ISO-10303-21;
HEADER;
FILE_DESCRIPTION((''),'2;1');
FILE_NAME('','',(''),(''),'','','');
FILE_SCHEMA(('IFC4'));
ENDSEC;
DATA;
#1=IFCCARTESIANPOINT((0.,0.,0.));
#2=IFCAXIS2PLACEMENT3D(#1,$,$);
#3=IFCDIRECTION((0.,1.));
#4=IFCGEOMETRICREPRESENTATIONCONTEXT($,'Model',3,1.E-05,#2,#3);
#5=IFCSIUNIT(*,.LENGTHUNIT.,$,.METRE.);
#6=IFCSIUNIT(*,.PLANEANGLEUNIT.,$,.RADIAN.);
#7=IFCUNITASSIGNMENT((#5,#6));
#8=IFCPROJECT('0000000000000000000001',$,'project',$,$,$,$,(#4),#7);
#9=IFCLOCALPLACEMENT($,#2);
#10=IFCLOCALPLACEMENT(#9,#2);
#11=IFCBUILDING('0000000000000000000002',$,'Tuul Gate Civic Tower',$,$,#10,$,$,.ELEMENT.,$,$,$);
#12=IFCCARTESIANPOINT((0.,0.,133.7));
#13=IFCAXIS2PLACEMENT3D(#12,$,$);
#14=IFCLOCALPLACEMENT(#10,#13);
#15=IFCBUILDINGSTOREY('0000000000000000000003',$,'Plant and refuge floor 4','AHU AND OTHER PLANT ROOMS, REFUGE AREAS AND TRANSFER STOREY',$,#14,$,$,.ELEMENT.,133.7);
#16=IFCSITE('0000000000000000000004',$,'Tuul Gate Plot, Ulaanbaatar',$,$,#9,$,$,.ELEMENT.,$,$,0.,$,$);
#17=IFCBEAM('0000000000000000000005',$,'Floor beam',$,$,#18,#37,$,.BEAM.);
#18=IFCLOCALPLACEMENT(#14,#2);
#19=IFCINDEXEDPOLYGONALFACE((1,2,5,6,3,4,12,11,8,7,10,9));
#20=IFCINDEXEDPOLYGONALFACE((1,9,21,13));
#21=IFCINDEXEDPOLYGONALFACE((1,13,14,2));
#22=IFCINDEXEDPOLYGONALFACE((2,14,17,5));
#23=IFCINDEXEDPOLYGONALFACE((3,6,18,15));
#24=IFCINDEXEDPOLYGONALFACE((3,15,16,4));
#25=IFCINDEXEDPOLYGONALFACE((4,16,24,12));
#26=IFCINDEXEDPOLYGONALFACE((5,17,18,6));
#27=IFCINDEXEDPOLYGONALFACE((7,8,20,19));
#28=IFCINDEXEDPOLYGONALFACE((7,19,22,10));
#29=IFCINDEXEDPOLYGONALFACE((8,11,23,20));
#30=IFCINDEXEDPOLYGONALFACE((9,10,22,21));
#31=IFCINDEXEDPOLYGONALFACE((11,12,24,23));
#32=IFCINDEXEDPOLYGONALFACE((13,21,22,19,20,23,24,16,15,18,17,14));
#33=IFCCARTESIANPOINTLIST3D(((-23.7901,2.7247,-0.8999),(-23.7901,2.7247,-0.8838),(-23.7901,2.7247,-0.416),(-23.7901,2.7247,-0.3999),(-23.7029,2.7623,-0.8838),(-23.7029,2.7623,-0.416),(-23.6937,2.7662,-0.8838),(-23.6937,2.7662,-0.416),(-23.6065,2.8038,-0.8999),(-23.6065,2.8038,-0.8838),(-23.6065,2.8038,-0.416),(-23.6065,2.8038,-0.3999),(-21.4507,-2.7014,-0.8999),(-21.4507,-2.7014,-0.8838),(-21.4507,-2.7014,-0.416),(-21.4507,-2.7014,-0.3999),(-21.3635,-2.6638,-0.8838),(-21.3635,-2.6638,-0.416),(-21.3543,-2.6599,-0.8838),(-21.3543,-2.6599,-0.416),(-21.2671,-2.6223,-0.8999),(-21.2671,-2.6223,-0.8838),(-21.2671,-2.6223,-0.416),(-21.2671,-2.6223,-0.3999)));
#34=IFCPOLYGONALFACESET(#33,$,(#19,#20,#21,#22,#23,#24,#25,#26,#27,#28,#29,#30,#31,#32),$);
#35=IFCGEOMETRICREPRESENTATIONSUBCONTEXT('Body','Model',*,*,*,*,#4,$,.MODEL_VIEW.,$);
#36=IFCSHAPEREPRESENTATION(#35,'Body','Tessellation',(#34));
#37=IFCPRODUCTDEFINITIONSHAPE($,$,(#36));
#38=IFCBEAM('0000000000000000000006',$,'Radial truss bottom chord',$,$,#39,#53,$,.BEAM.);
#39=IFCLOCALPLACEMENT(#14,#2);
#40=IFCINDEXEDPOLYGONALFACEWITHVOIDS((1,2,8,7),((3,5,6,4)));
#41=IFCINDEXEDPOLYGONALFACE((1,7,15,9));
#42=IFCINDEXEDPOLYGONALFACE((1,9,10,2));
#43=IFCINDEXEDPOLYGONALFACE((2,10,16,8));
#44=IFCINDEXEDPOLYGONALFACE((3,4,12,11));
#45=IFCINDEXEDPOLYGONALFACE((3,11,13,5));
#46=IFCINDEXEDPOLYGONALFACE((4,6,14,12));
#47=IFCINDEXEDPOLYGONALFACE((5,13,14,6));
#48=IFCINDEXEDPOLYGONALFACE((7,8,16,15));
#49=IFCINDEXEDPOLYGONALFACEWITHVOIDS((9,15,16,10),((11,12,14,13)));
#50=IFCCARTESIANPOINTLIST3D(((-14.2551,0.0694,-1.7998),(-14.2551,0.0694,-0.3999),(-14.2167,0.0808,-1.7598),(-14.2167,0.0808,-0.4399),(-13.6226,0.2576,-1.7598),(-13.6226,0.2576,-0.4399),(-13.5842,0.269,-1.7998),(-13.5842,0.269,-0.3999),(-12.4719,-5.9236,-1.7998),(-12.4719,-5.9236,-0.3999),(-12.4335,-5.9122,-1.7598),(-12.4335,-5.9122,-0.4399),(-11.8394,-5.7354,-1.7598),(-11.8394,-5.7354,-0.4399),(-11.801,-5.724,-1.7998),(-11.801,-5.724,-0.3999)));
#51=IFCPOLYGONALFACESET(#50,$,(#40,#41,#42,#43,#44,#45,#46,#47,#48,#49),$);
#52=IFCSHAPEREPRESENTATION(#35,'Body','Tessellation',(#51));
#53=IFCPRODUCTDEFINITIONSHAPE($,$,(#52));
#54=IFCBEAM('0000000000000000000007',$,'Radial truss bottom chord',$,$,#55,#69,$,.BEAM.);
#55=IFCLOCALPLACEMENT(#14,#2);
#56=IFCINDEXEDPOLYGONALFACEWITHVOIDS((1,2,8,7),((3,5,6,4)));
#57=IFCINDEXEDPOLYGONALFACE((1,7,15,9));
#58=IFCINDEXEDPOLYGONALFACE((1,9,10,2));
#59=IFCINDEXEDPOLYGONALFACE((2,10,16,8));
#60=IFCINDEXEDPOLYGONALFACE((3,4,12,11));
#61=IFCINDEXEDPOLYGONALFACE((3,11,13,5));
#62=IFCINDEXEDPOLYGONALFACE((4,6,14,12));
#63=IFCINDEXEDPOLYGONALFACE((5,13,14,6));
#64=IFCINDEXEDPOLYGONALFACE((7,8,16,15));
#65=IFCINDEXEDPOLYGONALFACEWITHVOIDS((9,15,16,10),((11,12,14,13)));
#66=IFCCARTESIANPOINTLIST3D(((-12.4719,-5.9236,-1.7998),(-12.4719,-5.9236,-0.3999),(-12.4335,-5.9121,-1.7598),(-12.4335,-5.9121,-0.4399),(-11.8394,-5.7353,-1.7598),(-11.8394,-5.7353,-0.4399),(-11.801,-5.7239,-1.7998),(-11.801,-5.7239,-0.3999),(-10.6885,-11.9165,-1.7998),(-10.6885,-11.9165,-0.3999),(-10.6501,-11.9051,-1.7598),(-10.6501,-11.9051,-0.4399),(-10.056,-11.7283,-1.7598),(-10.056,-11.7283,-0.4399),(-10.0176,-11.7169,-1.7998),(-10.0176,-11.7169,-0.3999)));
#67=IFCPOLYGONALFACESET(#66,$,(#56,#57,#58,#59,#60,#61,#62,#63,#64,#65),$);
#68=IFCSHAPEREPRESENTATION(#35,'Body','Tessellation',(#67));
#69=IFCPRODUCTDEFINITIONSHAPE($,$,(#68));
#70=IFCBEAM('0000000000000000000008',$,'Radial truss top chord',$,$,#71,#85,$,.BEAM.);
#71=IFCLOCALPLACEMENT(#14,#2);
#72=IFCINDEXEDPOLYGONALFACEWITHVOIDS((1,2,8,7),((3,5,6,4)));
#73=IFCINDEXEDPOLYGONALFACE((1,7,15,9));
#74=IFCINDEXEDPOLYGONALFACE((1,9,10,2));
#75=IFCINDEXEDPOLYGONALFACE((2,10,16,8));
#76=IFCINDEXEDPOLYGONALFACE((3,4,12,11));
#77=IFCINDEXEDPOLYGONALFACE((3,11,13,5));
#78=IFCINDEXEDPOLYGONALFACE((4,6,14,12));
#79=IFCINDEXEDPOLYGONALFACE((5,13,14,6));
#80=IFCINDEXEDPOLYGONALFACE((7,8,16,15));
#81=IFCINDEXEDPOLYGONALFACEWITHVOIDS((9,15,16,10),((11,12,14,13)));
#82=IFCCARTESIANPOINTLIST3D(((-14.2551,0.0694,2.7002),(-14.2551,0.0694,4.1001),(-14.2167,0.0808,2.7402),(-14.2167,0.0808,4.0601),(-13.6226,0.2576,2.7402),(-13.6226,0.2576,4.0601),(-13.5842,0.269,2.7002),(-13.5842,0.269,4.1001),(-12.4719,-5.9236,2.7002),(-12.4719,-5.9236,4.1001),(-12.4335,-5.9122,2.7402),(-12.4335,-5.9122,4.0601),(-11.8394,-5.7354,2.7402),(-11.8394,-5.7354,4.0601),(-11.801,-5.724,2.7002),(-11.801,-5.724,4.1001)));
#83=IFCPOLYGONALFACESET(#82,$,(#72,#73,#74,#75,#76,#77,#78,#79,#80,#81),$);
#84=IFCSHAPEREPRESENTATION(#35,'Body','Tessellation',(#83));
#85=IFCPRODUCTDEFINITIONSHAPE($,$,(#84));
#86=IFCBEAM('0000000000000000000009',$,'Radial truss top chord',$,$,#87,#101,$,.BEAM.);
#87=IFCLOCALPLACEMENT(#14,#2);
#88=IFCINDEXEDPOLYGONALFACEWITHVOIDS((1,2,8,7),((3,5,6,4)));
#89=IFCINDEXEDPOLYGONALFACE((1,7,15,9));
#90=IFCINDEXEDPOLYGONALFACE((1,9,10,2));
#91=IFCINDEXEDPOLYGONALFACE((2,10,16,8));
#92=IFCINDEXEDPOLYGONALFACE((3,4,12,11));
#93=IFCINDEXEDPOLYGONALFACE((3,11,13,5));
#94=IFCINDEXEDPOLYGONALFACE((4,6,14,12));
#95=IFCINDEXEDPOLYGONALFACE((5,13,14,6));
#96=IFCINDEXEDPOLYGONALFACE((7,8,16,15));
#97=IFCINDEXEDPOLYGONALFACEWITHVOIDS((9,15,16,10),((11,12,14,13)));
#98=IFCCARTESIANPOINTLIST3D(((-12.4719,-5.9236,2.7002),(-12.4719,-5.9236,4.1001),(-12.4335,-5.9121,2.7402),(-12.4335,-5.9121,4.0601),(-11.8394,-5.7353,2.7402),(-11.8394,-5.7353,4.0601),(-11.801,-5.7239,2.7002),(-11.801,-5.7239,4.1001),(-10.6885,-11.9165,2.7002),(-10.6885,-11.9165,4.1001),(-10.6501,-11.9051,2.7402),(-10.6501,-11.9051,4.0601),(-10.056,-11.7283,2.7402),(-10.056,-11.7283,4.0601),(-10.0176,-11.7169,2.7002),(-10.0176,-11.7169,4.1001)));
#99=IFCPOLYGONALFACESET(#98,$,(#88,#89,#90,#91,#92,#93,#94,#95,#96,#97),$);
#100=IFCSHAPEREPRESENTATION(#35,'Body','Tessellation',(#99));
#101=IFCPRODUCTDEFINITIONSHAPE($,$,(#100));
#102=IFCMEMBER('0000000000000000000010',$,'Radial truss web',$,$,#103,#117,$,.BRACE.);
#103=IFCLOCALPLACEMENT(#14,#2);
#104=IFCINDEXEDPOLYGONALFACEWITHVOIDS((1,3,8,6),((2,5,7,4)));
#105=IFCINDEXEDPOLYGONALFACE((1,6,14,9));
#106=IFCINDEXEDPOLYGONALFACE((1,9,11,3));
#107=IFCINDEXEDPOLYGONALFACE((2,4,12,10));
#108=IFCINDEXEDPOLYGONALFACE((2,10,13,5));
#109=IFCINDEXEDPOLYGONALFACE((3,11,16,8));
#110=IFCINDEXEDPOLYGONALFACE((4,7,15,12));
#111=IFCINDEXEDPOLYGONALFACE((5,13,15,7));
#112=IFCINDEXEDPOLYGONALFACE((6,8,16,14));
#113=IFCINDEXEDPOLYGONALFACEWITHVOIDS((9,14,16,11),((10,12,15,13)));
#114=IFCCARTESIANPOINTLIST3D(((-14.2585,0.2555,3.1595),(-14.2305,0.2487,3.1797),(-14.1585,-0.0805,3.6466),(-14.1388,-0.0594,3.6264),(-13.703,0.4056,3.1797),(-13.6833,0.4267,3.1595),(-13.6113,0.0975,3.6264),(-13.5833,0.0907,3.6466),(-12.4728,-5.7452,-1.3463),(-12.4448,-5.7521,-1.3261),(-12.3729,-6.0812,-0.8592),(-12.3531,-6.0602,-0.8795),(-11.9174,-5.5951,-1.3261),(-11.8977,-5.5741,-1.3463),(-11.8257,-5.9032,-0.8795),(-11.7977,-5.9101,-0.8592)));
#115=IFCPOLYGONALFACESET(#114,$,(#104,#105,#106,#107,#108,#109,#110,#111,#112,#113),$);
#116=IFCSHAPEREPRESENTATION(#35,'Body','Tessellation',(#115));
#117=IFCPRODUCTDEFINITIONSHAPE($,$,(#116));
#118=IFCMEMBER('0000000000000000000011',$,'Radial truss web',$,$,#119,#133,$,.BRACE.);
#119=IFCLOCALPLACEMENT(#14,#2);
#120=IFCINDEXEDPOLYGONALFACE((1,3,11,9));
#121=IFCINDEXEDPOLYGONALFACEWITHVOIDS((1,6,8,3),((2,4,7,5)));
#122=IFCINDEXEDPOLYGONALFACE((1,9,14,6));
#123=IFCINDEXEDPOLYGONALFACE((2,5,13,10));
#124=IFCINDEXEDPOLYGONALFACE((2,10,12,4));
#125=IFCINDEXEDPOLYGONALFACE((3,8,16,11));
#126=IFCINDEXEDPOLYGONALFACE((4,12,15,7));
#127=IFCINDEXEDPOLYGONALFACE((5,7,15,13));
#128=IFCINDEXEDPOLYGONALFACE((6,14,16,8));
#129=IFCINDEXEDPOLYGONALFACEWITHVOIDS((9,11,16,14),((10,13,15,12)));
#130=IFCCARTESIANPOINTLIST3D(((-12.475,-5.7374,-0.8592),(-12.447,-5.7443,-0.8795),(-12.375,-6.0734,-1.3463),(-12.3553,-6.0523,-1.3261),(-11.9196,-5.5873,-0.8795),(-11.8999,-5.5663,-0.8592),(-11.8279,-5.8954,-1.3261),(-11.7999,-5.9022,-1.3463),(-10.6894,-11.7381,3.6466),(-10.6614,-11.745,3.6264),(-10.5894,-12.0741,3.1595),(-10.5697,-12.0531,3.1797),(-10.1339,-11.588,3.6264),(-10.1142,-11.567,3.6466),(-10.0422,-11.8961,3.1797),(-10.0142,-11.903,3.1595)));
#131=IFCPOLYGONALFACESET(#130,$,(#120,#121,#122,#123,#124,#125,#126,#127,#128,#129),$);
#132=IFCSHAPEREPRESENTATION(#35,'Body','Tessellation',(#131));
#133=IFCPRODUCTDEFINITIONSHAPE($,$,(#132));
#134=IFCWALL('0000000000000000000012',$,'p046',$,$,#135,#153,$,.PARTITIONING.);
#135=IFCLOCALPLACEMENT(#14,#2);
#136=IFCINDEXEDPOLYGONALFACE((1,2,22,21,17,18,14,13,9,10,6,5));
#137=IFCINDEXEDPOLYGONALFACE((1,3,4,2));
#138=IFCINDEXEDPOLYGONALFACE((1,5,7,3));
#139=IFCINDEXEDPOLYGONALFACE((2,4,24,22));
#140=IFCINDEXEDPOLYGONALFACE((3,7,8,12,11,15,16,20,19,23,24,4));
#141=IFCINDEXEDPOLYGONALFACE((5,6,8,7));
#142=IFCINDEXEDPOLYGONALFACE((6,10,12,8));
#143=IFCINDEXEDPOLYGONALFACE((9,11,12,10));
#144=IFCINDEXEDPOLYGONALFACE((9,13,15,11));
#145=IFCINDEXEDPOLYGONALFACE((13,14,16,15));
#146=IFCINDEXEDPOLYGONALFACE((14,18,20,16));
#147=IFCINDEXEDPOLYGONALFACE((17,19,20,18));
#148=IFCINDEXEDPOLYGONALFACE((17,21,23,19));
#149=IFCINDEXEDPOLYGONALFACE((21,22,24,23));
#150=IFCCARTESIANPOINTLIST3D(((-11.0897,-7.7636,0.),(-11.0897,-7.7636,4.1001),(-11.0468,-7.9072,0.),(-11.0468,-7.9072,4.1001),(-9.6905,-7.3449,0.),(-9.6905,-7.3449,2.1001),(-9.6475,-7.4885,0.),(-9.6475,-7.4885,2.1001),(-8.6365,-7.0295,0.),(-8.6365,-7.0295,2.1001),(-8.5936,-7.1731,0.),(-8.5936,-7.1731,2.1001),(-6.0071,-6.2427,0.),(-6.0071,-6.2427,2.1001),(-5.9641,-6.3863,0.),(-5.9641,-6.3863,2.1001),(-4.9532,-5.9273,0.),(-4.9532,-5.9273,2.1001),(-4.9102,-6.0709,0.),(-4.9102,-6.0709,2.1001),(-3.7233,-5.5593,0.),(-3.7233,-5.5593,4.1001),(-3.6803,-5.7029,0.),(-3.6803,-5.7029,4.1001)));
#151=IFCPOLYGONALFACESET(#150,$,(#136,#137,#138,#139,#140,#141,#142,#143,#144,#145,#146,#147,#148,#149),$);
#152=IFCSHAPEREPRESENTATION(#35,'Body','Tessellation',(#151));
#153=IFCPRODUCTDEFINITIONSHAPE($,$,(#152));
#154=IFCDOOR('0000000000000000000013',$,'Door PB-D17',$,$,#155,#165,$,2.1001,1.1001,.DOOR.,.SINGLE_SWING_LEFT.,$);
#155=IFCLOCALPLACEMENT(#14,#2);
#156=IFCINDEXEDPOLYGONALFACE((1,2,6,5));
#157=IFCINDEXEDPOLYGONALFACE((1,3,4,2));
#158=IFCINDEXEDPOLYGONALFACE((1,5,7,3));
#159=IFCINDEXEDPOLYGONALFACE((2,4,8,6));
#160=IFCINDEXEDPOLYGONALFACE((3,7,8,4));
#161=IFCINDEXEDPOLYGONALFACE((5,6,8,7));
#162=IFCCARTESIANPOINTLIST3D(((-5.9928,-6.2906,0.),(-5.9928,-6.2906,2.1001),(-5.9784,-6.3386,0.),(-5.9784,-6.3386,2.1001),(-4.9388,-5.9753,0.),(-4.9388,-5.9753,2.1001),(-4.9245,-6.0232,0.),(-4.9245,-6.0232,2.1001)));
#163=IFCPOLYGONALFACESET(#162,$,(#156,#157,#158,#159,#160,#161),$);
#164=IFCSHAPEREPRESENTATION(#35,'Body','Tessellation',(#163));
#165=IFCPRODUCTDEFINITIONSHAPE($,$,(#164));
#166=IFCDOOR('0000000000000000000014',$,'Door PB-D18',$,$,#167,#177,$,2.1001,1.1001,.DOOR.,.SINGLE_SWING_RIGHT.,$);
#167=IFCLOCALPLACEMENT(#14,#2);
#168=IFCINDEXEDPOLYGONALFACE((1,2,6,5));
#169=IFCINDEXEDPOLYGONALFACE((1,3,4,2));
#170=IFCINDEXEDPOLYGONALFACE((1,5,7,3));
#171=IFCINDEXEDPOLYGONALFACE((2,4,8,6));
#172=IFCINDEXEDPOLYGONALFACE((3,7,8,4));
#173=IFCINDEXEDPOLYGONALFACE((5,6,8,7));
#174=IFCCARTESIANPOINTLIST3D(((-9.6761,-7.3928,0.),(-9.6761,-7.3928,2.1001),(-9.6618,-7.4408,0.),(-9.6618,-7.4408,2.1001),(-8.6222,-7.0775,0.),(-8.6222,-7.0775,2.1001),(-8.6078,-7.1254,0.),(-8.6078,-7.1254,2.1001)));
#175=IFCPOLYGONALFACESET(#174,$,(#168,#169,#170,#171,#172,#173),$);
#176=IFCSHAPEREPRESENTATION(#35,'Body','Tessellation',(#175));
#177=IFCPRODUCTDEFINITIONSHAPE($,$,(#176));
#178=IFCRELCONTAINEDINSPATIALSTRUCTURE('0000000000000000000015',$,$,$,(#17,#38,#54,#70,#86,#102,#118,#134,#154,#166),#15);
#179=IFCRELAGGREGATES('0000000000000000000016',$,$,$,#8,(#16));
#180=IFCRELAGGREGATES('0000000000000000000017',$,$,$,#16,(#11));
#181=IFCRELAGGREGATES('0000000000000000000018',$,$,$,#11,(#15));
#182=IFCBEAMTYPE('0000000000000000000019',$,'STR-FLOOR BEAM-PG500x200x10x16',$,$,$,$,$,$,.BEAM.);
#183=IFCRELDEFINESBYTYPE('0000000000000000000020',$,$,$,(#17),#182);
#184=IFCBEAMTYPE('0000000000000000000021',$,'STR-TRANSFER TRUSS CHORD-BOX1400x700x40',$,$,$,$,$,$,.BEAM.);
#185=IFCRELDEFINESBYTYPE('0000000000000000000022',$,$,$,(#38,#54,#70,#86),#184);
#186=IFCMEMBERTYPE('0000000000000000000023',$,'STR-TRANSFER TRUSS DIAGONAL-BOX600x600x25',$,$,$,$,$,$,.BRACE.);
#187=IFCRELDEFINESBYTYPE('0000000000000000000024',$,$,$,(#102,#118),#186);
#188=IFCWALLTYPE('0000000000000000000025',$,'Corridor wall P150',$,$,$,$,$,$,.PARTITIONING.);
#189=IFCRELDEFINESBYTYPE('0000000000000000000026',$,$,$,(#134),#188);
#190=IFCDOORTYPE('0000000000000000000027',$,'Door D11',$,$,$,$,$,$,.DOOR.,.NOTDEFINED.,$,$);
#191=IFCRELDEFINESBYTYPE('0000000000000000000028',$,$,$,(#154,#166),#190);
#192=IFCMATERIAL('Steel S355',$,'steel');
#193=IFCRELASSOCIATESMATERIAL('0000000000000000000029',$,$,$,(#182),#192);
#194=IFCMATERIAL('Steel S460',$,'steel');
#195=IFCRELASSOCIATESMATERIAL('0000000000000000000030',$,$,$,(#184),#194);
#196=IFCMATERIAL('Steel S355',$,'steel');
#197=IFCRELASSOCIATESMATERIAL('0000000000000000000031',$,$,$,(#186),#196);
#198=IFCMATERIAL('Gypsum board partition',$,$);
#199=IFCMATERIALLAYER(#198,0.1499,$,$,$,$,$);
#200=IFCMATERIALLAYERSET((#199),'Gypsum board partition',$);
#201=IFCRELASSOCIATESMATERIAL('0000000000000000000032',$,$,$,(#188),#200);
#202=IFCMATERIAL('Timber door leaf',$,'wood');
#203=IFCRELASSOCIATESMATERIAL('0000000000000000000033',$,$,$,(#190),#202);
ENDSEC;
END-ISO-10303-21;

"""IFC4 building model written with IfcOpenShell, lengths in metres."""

from ifc_helpers import new_model, si_unit, direction, frame, frame_2d, origin, origin_2d, place, context, subcontext, project, spatial, rectangle, hollow_rectangle, i_section, extrude, material, layer, layer_set, material_profile, profile_set, type_object, element, fill, save


model = new_model("IFC4")

# Units and contexts
model_context = context("Model", 3, precision=1e-05, world=origin(), true_north=direction((0.0, 1.0)))
body_context = subcontext(model_context, "Body", "Model", "MODEL_VIEW")
ifc_project = project(units=[si_unit("LENGTHUNIT", "METRE"), si_unit("PLANEANGLEUNIT", "RADIAN")], contexts=[model_context])

# Site, building, storey
site_placement = place(None, origin())
site = spatial("IfcSite", under=ifc_project, at=site_placement, Name="Tuul Gate Plot, Ulaanbaatar", CompositionType="ELEMENT", RefElevation=0.0)
building_placement = place(site_placement, origin())
building = spatial("IfcBuilding", under=site, at=building_placement, Name="Tuul Gate Civic Tower", CompositionType="ELEMENT")
storey_placement = place(building_placement, frame((0.0, 0.0, 133.7)))
storey = spatial("IfcBuildingStorey", under=building, at=storey_placement, Name="Plant and refuge floor 4", Description="AHU AND OTHER PLANT ROOMS, REFUGE AREAS AND TRANSFER STOREY", CompositionType="ELEMENT", Elevation=133.7)

# Beams
ifc_material_1 = material(Name="Steel S355", Category="steel")
ifc_material_profile_1 = material_profile(ifc_material_1, i_section(OverallWidth=0.2, OverallDepth=0.5, WebThickness=0.01, FlangeThickness=0.0161, at=origin_2d()), Name="PG500x200x10x16")
ifc_profile_set_1 = profile_set([ifc_material_profile_1], Name="Steel S355")
beam_type_1 = type_object("IfcBeamType", Name="STR-FLOOR BEAM-PG500x200x10x16", PredefinedType="BEAM", material=ifc_profile_set_1)
beam_placement = place(storey_placement, frame((-21.3589, -2.6619, -0.6499), z_axis=(-0.395908, 0.91829, 0.0), x_axis=(-0.91829, -0.395908, 0.0)))
element("IfcBeam", 1, at=beam_placement, inside=storey, type_object=beam_type_1, Name="Floor beam", PredefinedType="BEAM", context=body_context, shape_type="SweptSolid", body=[
    extrude(i_section(OverallWidth=0.2, OverallDepth=0.5, WebThickness=0.01, FlangeThickness=0.0161, at=origin_2d()), origin(), (0.0, 0.0, 1.0), 5.9089),
])
ifc_material_2 = material(Name="Steel S460", Category="steel")
ifc_material_profile_2 = material_profile(ifc_material_2, hollow_rectangle(XDim=0.7, YDim=1.3999, WallThickness=0.04, at=origin_2d()), Name="BOX1400x700x40")
ifc_profile_set_2 = profile_set([ifc_material_profile_2], Name="Steel S460")
beam_type_2 = type_object("IfcBeamType", Name="STR-TRANSFER TRUSS CHORD-BOX1400x700x40", PredefinedType="BEAM", material=ifc_profile_set_2)
for number, where, z_axis, x_axis, name in (
    (2, (-13.9197, 0.1692, -1.0999), (0.285194, -0.95847, 0.0), (0.95847, 0.285194, 0.0), "Radial truss bottom chord"),
    (3, (-12.1365, -5.8237, -1.0999), (0.28523, -0.958459, 0.0), (0.958459, 0.28523, 0.0), "Radial truss bottom chord"),
    (4, (-13.9197, 0.1692, 3.4001), (0.285194, -0.95847, 0.0), (0.95847, 0.285194, 0.0), "Radial truss top chord"),
    (5, (-12.1365, -5.8237, 3.4001), (0.28523, -0.958459, 0.0), (0.958459, 0.28523, 0.0), "Radial truss top chord"),
):
    element("IfcBeam", number, at=place(storey_placement, frame(where, z_axis=z_axis, x_axis=x_axis)), inside=storey, type_object=beam_type_2, Name=name, PredefinedType="BEAM", context=body_context, shape_type="SweptSolid", body=[
        extrude(hollow_rectangle(XDim=0.7, YDim=1.3999, WallThickness=0.04, at=origin_2d()), origin(), (0.0, 0.0, 1.0), 6.2527),
    ])

# Members
ifc_material_3 = material(Name="Steel S355", Category="steel")
ifc_material_profile_3 = material_profile(ifc_material_3, hollow_rectangle(XDim=0.6001, YDim=0.6001, WallThickness=0.0249, at=origin_2d()), Name="BOX600x600x25")
ifc_profile_set_3 = profile_set([ifc_material_profile_3], Name="Steel S355")
member_type = type_object("IfcMemberType", Name="STR-TRANSFER TRUSS DIAGONAL-BOX600x600x25", PredefinedType="BRACE", material=ifc_profile_set_3)
for number, where, z_axis, x_axis, name in (
    (6, (-12.1353, -5.8276, -1.1028), (-0.231492, 0.777939, 0.584143), (-0.958465, -0.285211, 0.0), "Radial truss web"),
    (7, (-12.1375, -5.8198, -1.1028), (0.231492, -0.777939, 0.584143), (0.958465, 0.285211, 0.0), "Radial truss web"),
):
    element("IfcMember", number, at=place(storey_placement, frame(where, z_axis=z_axis, x_axis=x_axis)), inside=storey, type_object=member_type, Name=name, PredefinedType="BRACE", context=body_context, shape_type="SweptSolid", body=[
        extrude(hollow_rectangle(XDim=0.6001, YDim=0.6001, WallThickness=0.0249, at=origin_2d()), origin(), (0.0, 0.0, 1.0), 7.7136),
    ])

# Wall, openings, doors
ifc_material_4 = material(Name="Gypsum board partition")
ifc_layer_1 = layer(ifc_material_4, 0.1499)
ifc_layer_set_1 = layer_set([ifc_layer_1], Name="Gypsum board partition")
wall_type_1 = type_object("IfcWallType", Name="Corridor wall P150", PredefinedType="PARTITIONING", material=ifc_layer_set_1)
wall_1_placement = place(storey_placement, frame((-11.0684, -7.8354, 0.0), z_axis=(0.0, 0.0, 1.0), x_axis=(0.958026, 0.286681, 0.0)))
wall_1 = element("IfcWall", 8, at=wall_1_placement, inside=storey, type_object=wall_type_1, Name="p046", PredefinedType="PARTITIONING", context=body_context, shape_type="SweptSolid", body=[
    extrude(rectangle(XDim=7.6892, YDim=0.1499, at=frame_2d((3.8447, 0.0))), origin(), (0.0, 0.0, 1.0), 4.1001),
])
opening_1_placement = place(wall_1_placement, frame((5.3054, 0.0, 0.0)))
opening_1 = element("IfcOpeningElement", 9, at=opening_1_placement, cuts=wall_1, PredefinedType="OPENING", context=body_context, shape_type="SweptSolid", body=[
    extrude(rectangle(XDim=1.1001, YDim=2.1001, at=frame_2d((0.55, 1.05))), frame((0.0, 0.085, 0.0), z_axis=(0.0, -1.0, 0.0), x_axis=(1.0, 0.0, 0.0)), (0.0, 0.0, 1.0), 0.1699),
])
opening_2_placement = place(wall_1_placement, frame((1.4607, 0.0, 0.0)))
opening_2 = element("IfcOpeningElement", 10, at=opening_2_placement, cuts=wall_1, PredefinedType="OPENING", context=body_context, shape_type="SweptSolid", body=[
    extrude(rectangle(XDim=1.1001, YDim=2.1001, at=frame_2d((0.55, 1.05))), frame((0.0, 0.085, 0.0), z_axis=(0.0, -1.0, 0.0), x_axis=(1.0, 0.0, 0.0)), (0.0, 0.0, 1.0), 0.1699),
])
ifc_material_5 = material(Name="Timber door leaf", Category="wood")
door_type_1 = type_object("IfcDoorType", Name="Door D11", OperationType="NOTDEFINED", PredefinedType="DOOR", material=ifc_material_5)
door_1_placement = place(opening_1_placement, origin())
door_1 = element("IfcDoor", 11, at=door_1_placement, inside=storey, type_object=door_type_1, Name="Door PB-D17", OperationType="SINGLE_SWING_LEFT", OverallHeight=2.1001, OverallWidth=1.1001, PredefinedType="DOOR", context=body_context, shape_type="SweptSolid", body=[
    extrude(rectangle(XDim=1.1001, YDim=2.1001, at=frame_2d((0.55, 1.05))), frame((0.0, 0.0249, 0.0), z_axis=(0.0, -1.0, 0.0), x_axis=(1.0, 0.0, 0.0)), (0.0, 0.0, 1.0), 0.05),
])
fill(opening_1, door_1)
door_2_placement = place(opening_2_placement, origin())
door_2 = element("IfcDoor", 12, at=door_2_placement, inside=storey, type_object=door_type_1, Name="Door PB-D18", OperationType="SINGLE_SWING_RIGHT", OverallHeight=2.1001, OverallWidth=1.1001, PredefinedType="DOOR", context=body_context, shape_type="SweptSolid", body=[
    extrude(rectangle(XDim=1.1001, YDim=2.1001, at=frame_2d((0.55, 1.05))), frame((0.0, 0.0249, 0.0), z_axis=(0.0, -1.0, 0.0), x_axis=(1.0, 0.0, 0.0)), (0.0, 0.0, 1.0), 0.05),
])
fill(opening_2, door_2)

save(model, "model.ifc")
